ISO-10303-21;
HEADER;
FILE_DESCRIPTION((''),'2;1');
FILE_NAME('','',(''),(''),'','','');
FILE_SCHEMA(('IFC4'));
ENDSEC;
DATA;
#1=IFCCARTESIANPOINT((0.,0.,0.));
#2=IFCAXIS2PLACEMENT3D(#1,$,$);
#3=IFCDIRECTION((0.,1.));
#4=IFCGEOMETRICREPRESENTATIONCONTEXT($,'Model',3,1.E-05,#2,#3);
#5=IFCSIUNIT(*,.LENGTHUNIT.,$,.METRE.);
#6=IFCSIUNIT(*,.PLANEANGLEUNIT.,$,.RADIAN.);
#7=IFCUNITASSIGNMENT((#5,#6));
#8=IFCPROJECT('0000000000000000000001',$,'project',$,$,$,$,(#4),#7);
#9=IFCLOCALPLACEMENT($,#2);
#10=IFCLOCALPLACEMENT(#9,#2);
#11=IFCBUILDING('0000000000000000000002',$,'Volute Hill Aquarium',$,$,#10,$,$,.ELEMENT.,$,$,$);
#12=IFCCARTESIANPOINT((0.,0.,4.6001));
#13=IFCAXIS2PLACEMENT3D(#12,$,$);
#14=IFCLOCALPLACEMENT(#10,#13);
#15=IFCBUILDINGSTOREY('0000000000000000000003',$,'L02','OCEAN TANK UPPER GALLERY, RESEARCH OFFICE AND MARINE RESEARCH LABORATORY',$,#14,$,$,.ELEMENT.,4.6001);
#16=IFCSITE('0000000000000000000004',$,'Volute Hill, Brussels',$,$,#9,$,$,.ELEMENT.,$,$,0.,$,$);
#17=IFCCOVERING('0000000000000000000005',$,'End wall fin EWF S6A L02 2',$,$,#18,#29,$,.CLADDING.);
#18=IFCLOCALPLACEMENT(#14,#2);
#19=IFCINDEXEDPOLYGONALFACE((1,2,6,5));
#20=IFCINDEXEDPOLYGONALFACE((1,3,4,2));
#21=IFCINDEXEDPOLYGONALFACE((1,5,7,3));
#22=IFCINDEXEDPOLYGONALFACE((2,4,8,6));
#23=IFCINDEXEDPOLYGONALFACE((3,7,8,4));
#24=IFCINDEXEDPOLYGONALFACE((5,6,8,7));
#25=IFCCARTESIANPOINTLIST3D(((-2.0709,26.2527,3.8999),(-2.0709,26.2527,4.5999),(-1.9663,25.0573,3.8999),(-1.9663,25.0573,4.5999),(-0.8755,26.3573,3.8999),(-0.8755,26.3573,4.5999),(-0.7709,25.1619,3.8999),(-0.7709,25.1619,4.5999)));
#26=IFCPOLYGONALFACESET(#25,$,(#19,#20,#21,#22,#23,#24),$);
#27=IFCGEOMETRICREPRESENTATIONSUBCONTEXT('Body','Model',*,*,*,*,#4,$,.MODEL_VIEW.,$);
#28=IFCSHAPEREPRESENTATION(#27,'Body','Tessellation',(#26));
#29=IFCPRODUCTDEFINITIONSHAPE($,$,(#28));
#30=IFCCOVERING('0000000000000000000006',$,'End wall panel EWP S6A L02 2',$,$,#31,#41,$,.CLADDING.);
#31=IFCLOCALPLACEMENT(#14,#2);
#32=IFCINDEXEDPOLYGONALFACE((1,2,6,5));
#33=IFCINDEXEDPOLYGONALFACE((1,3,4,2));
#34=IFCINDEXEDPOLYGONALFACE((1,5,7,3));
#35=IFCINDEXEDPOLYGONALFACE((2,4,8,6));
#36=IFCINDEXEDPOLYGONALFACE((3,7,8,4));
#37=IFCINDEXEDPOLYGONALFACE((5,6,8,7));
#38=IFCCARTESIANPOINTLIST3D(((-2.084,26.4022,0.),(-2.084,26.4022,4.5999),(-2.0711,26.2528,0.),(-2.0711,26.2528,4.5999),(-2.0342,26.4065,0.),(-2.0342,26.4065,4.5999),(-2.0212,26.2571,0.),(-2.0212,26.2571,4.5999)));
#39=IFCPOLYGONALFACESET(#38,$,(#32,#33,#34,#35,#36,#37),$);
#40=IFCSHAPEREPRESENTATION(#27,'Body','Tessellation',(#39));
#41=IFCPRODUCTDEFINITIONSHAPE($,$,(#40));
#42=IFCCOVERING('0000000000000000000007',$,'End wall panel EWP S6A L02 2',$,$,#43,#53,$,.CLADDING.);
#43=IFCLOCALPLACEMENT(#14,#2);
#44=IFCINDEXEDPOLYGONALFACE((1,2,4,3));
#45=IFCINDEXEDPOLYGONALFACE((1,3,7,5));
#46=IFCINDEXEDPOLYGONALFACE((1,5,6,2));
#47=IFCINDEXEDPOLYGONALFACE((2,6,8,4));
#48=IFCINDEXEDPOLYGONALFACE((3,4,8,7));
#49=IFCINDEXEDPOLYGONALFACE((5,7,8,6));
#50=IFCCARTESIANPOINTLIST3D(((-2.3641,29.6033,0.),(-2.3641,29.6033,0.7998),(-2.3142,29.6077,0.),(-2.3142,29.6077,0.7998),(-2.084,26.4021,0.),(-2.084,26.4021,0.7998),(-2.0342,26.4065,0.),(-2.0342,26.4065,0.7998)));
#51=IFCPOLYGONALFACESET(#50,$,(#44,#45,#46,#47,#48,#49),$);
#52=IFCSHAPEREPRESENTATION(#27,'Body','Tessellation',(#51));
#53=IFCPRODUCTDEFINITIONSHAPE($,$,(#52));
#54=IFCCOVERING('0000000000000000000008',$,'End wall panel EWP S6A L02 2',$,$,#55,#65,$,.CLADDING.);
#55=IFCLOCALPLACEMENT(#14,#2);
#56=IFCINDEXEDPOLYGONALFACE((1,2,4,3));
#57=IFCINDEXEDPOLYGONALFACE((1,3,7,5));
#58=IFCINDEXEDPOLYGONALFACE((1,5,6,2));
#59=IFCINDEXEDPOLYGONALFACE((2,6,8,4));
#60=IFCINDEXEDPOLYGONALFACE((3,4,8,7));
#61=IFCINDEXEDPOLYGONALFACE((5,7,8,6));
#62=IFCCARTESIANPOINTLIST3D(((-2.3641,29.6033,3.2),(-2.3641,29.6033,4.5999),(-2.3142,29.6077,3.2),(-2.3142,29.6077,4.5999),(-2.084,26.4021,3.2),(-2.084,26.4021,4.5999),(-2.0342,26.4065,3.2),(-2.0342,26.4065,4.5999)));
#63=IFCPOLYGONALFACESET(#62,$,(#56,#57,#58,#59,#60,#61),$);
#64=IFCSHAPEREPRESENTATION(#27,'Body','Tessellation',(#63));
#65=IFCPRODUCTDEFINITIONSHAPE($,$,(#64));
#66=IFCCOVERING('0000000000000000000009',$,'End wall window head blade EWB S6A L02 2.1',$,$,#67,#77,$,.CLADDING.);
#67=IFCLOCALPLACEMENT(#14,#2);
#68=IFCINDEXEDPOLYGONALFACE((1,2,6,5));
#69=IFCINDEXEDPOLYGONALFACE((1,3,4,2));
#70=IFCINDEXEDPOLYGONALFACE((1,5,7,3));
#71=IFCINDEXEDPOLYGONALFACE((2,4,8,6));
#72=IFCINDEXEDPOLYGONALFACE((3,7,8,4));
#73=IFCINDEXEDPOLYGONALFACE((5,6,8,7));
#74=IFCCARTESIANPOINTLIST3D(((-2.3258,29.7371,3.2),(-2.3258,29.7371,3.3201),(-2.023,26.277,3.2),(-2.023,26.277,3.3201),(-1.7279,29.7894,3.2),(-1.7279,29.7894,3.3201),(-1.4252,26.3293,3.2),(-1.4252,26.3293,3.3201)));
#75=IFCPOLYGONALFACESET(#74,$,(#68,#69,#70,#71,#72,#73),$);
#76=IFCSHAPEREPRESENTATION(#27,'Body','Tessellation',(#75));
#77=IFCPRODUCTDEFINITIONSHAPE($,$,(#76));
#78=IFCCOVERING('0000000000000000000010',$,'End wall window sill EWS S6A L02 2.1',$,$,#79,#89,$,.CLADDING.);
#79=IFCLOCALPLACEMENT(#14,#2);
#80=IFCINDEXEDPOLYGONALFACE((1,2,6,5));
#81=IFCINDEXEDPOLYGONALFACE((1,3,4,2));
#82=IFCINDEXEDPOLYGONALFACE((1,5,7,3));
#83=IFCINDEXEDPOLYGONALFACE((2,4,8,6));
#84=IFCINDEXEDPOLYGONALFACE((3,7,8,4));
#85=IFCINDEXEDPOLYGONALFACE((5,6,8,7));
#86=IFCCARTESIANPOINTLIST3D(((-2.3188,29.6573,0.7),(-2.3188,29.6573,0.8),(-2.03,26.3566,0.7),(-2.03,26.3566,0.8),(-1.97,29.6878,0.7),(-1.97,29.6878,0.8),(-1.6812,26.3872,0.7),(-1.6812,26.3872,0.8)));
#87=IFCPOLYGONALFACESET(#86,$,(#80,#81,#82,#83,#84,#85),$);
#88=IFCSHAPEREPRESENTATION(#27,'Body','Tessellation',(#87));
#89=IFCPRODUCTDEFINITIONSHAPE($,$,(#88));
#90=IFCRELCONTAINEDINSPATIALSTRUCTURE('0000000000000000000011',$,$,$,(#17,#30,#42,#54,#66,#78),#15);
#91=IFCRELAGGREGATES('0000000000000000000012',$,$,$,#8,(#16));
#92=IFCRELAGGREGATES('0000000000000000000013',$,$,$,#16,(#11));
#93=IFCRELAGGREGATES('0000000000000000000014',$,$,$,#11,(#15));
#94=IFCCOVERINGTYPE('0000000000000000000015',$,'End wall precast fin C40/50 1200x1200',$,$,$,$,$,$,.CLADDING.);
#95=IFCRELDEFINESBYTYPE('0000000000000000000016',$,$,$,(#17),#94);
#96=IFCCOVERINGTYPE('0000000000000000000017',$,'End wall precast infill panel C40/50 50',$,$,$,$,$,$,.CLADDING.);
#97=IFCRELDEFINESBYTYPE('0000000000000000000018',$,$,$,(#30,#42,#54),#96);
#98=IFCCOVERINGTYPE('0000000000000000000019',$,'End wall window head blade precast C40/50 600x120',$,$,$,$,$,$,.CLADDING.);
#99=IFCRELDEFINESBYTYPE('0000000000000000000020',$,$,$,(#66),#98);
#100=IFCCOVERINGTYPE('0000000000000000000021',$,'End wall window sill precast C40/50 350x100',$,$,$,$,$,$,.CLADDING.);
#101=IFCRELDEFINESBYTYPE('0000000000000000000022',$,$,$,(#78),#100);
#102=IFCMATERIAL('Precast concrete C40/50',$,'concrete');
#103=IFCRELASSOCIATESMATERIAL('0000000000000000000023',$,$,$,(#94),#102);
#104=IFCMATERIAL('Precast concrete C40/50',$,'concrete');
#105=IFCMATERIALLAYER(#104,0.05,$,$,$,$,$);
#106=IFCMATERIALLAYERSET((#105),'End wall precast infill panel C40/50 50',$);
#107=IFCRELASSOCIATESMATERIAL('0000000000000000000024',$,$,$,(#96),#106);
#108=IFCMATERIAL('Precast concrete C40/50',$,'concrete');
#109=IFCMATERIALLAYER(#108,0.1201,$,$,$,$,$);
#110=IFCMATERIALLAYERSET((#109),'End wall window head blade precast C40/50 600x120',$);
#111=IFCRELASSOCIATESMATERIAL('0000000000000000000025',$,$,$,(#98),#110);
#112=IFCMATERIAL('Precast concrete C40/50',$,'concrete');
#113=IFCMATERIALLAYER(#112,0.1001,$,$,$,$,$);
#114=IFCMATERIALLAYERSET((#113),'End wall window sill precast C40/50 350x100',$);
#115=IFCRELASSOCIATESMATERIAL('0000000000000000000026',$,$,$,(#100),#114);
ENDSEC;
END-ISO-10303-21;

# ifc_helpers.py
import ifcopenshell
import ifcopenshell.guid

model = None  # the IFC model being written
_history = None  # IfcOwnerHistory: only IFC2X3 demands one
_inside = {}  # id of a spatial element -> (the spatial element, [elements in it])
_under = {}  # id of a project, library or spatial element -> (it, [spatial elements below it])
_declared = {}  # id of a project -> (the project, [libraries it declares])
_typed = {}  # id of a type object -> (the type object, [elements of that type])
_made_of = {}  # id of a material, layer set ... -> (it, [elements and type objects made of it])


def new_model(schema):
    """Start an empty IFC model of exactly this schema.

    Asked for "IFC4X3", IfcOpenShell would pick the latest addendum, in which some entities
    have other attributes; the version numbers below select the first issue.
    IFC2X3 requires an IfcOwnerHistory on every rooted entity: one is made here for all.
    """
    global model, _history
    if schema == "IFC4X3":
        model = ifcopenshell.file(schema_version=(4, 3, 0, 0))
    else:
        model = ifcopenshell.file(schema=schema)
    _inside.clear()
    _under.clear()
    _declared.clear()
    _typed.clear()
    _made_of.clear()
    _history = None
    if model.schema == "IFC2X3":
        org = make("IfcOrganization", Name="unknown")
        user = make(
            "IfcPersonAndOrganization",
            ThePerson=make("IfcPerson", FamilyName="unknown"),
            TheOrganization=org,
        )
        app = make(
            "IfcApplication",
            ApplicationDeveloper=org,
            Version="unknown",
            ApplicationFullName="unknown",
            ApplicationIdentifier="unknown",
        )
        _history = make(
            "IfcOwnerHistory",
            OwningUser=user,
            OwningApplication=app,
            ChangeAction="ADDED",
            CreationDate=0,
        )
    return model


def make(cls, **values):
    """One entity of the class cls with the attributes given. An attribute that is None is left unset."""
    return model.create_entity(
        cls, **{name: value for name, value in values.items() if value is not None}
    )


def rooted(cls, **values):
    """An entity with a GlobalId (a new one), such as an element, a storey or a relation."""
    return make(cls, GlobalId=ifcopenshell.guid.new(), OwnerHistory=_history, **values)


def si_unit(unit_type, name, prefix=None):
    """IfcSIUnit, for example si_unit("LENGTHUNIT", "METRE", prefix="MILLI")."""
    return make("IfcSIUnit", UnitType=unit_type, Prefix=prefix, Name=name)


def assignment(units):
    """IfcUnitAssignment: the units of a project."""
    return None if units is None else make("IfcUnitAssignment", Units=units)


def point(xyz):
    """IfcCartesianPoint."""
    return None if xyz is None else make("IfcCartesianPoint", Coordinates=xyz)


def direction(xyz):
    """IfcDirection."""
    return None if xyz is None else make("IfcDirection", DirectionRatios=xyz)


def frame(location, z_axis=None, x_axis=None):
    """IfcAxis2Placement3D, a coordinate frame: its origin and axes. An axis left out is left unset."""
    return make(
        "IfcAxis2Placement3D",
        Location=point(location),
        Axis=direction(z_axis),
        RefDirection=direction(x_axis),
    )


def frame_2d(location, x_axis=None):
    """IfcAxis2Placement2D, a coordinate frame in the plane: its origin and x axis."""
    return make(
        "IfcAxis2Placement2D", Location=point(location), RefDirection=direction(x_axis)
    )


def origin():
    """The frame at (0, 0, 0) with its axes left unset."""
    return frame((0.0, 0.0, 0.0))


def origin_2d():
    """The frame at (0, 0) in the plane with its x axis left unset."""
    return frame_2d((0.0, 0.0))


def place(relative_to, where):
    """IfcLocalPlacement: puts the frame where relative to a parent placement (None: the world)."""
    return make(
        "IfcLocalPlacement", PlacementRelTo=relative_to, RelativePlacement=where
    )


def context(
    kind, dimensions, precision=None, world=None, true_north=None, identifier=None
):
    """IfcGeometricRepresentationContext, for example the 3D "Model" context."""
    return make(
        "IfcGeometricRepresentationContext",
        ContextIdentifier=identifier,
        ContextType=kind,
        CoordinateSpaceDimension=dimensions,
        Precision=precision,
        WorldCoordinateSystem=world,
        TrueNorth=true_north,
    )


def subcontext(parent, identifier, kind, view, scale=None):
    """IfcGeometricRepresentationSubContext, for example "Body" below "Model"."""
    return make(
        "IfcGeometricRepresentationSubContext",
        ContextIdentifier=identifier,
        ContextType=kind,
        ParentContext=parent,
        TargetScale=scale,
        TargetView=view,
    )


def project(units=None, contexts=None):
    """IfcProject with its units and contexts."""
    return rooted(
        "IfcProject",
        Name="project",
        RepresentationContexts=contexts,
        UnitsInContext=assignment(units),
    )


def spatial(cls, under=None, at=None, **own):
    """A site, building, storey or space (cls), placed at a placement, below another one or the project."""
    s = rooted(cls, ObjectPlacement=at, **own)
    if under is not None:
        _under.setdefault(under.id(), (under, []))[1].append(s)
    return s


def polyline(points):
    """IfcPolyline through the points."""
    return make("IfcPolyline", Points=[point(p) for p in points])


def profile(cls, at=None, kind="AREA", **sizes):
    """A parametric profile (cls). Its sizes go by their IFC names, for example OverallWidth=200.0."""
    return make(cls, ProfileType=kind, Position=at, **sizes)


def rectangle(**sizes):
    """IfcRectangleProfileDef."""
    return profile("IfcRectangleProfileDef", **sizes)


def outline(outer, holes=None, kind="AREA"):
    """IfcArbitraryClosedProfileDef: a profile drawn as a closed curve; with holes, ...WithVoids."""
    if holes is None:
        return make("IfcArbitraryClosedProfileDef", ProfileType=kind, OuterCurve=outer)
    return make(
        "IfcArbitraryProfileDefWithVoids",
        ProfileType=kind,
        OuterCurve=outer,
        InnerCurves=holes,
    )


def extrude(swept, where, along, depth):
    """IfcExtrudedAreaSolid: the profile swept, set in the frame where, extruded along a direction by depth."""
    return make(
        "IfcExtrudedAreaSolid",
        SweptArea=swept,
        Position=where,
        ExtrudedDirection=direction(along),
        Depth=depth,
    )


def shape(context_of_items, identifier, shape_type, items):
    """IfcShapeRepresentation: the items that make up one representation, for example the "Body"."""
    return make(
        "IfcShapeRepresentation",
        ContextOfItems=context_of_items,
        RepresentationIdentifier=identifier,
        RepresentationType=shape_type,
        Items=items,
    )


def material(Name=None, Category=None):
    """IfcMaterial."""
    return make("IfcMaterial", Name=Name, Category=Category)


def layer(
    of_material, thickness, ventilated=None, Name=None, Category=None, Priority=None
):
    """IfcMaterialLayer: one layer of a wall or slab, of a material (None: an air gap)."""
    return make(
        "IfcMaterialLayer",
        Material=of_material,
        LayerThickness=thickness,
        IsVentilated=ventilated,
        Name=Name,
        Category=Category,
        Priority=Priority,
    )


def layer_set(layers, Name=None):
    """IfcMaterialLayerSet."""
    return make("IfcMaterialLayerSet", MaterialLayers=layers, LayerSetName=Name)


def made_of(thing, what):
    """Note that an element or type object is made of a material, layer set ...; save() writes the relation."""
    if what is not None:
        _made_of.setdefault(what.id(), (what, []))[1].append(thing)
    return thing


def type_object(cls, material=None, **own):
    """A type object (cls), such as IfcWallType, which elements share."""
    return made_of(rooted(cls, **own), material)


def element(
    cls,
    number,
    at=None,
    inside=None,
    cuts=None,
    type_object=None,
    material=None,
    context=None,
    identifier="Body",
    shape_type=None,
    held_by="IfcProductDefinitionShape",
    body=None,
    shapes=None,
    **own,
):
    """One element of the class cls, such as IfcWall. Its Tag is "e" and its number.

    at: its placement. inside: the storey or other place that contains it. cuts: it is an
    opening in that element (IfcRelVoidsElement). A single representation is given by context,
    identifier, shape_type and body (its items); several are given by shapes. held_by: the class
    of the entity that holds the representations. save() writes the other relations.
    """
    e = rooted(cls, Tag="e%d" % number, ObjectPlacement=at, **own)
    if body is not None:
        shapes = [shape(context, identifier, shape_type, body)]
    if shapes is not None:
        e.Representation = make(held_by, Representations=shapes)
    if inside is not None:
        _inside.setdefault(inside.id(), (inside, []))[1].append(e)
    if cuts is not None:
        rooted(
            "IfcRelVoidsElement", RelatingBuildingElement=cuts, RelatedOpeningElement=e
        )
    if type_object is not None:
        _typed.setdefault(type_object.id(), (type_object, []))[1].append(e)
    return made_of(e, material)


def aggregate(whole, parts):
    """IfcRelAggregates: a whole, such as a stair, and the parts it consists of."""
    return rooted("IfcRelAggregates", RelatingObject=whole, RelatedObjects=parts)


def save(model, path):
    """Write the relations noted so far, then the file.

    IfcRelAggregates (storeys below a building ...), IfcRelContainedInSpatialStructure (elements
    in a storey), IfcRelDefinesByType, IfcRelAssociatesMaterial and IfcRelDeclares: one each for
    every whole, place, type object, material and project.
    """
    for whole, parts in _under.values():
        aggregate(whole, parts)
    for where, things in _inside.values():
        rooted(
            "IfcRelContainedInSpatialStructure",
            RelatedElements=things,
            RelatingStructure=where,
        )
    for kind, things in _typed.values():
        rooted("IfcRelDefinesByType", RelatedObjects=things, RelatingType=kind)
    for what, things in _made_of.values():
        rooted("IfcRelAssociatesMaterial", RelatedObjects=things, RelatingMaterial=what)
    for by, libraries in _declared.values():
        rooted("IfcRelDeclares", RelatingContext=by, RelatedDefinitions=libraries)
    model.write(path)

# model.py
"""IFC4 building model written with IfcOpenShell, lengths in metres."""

from ifc_helpers import new_model, si_unit, direction, frame, origin, origin_2d, place, context, subcontext, project, spatial, polyline, rectangle, outline, extrude, material, layer, layer_set, type_object, element, save


model = new_model("IFC4")

# Units and contexts
model_context = context("Model", 3, precision=1e-05, world=origin(), true_north=direction((0.0, 1.0)))
body_context = subcontext(model_context, "Body", "Model", "MODEL_VIEW")
ifc_project = project(units=[si_unit("LENGTHUNIT", "METRE"), si_unit("PLANEANGLEUNIT", "RADIAN")], contexts=[model_context])

# Site, building, storey
site_placement = place(None, origin())
site = spatial("IfcSite", under=ifc_project, at=site_placement, Name="Volute Hill, Brussels", CompositionType="ELEMENT", RefElevation=0.0)
building_placement = place(site_placement, origin())
building = spatial("IfcBuilding", under=site, at=building_placement, Name="Volute Hill Aquarium", CompositionType="ELEMENT")
storey_placement = place(building_placement, frame((0.0, 0.0, 4.6001)))
storey = spatial("IfcBuildingStorey", under=building, at=storey_placement, Name="L02", Description="OCEAN TANK UPPER GALLERY, RESEARCH OFFICE AND MARINE RESEARCH LABORATORY", CompositionType="ELEMENT", Elevation=4.6001)

# Coverings
ifc_material_1 = material(Name="Precast concrete C40/50", Category="concrete")
covering_type_1 = type_object("IfcCoveringType", Name="End wall precast fin C40/50 1200x1200", PredefinedType="CLADDING", material=ifc_material_1)
covering_1_placement = place(storey_placement, frame((-1.4209, 25.7073, 3.8999), z_axis=(0.0, 0.0, 1.0), x_axis=(-0.087155, 0.996195, 0.0)))
element("IfcCovering", 1, at=covering_1_placement, inside=storey, type_object=covering_type_1, Name="End wall fin EWF S6A L02 2", PredefinedType="CLADDING", context=body_context, shape_type="SweptSolid", body=[
    extrude(rectangle(XDim=1.2, YDim=1.2, at=origin_2d()), origin(), (0.0, 0.0, 1.0), 0.7),
])
ifc_material_2 = material(Name="Precast concrete C40/50", Category="concrete")
ifc_layer_1 = layer(ifc_material_2, 0.05)
ifc_layer_set_1 = layer_set([ifc_layer_1], Name="End wall precast infill panel C40/50 50")
covering_type_2 = type_object("IfcCoveringType", Name="End wall precast infill panel C40/50 50", PredefinedType="CLADDING", material=ifc_layer_set_1)
covering_2_placement = place(storey_placement, frame((-2.0212, 26.2571, 0.0), z_axis=(0.996271, 0.086278, 0.0), x_axis=(-0.086278, 0.996271, 0.0)))
element("IfcCovering", 2, at=covering_2_placement, inside=storey, type_object=covering_type_2, Name="End wall panel EWP S6A L02 2", PredefinedType="CLADDING", context=body_context, shape_type="SweptSolid", body=[
    extrude(outline(polyline([(0.0, 0.0), (0.15, 0.0), (0.15, 4.5999), (0.0, 4.5999), (0.0, 0.0)])), origin(), (0.0, 0.0, -1.0), 0.05),
])
covering_3_placement = place(storey_placement, frame((-2.0342, 26.4065, 0.0), z_axis=(0.996196, 0.087144, 0.0), x_axis=(-0.087144, 0.996196, 0.0)))
element("IfcCovering", 3, at=covering_3_placement, inside=storey, type_object=covering_type_2, Name="End wall panel EWP S6A L02 2", PredefinedType="CLADDING", context=body_context, shape_type="SweptSolid", body=[
    extrude(outline(polyline([(0.0, 0.0), (3.2134, 0.0), (3.2134, 0.7998), (0.0, 0.7998), (0.0, 0.0)])), origin(), (0.0, 0.0, -1.0), 0.05),
])
covering_4_placement = place(storey_placement, frame((-2.0342, 26.4065, 3.2), z_axis=(0.996196, 0.087144, 0.0), x_axis=(-0.087144, 0.996196, 0.0)))
element("IfcCovering", 4, at=covering_4_placement, inside=storey, type_object=covering_type_2, Name="End wall panel EWP S6A L02 2", PredefinedType="CLADDING", context=body_context, shape_type="SweptSolid", body=[
    extrude(outline(polyline([(0.0, 0.0), (3.2134, 0.0), (3.2134, 1.3999), (0.0, 1.3999), (0.0, 0.0)])), origin(), (0.0, 0.0, -1.0), 0.05),
])
ifc_material_3 = material(Name="Precast concrete C40/50", Category="concrete")
ifc_layer_2 = layer(ifc_material_3, 0.1201)
ifc_layer_set_2 = layer_set([ifc_layer_2], Name="End wall window head blade precast C40/50 600x120")
covering_type_3 = type_object("IfcCoveringType", Name="End wall window head blade precast C40/50 600x120", PredefinedType="CLADDING", material=ifc_layer_set_2)
covering_5_placement = place(storey_placement, frame((-1.8755, 28.0332, 3.2), z_axis=(0.0, 0.0, 1.0), x_axis=(-0.087155, 0.996195, 0.0)))
element("IfcCovering", 5, at=covering_5_placement, inside=storey, type_object=covering_type_3, Name="End wall window head blade EWB S6A L02 2.1", PredefinedType="CLADDING", context=body_context, shape_type="SweptSolid", body=[
    extrude(rectangle(XDim=3.4734, YDim=0.6001, at=origin_2d()), origin(), (0.0, 0.0, 1.0), 0.1201),
])
ifc_material_4 = material(Name="Precast concrete C40/50", Category="concrete")
ifc_layer_3 = layer(ifc_material_4, 0.1001)
ifc_layer_set_3 = layer_set([ifc_layer_3], Name="End wall window sill precast C40/50 350x100")
covering_type_4 = type_object("IfcCoveringType", Name="End wall window sill precast C40/50 350x100", PredefinedType="CLADDING", material=ifc_layer_set_3)
covering_6_placement = place(storey_placement, frame((-2.0, 28.0222, 0.7), z_axis=(0.0, 0.0, 1.0), x_axis=(-0.087155, 0.996195, 0.0)))
element("IfcCovering", 6, at=covering_6_placement, inside=storey, type_object=covering_type_4, Name="End wall window sill EWS S6A L02 2.1", PredefinedType="CLADDING", context=body_context, shape_type="SweptSolid", body=[
    extrude(rectangle(XDim=3.3132, YDim=0.3501, at=origin_2d()), origin(), (0.0, 0.0, 1.0), 0.1001),
])

save(model, "model.ifc")
